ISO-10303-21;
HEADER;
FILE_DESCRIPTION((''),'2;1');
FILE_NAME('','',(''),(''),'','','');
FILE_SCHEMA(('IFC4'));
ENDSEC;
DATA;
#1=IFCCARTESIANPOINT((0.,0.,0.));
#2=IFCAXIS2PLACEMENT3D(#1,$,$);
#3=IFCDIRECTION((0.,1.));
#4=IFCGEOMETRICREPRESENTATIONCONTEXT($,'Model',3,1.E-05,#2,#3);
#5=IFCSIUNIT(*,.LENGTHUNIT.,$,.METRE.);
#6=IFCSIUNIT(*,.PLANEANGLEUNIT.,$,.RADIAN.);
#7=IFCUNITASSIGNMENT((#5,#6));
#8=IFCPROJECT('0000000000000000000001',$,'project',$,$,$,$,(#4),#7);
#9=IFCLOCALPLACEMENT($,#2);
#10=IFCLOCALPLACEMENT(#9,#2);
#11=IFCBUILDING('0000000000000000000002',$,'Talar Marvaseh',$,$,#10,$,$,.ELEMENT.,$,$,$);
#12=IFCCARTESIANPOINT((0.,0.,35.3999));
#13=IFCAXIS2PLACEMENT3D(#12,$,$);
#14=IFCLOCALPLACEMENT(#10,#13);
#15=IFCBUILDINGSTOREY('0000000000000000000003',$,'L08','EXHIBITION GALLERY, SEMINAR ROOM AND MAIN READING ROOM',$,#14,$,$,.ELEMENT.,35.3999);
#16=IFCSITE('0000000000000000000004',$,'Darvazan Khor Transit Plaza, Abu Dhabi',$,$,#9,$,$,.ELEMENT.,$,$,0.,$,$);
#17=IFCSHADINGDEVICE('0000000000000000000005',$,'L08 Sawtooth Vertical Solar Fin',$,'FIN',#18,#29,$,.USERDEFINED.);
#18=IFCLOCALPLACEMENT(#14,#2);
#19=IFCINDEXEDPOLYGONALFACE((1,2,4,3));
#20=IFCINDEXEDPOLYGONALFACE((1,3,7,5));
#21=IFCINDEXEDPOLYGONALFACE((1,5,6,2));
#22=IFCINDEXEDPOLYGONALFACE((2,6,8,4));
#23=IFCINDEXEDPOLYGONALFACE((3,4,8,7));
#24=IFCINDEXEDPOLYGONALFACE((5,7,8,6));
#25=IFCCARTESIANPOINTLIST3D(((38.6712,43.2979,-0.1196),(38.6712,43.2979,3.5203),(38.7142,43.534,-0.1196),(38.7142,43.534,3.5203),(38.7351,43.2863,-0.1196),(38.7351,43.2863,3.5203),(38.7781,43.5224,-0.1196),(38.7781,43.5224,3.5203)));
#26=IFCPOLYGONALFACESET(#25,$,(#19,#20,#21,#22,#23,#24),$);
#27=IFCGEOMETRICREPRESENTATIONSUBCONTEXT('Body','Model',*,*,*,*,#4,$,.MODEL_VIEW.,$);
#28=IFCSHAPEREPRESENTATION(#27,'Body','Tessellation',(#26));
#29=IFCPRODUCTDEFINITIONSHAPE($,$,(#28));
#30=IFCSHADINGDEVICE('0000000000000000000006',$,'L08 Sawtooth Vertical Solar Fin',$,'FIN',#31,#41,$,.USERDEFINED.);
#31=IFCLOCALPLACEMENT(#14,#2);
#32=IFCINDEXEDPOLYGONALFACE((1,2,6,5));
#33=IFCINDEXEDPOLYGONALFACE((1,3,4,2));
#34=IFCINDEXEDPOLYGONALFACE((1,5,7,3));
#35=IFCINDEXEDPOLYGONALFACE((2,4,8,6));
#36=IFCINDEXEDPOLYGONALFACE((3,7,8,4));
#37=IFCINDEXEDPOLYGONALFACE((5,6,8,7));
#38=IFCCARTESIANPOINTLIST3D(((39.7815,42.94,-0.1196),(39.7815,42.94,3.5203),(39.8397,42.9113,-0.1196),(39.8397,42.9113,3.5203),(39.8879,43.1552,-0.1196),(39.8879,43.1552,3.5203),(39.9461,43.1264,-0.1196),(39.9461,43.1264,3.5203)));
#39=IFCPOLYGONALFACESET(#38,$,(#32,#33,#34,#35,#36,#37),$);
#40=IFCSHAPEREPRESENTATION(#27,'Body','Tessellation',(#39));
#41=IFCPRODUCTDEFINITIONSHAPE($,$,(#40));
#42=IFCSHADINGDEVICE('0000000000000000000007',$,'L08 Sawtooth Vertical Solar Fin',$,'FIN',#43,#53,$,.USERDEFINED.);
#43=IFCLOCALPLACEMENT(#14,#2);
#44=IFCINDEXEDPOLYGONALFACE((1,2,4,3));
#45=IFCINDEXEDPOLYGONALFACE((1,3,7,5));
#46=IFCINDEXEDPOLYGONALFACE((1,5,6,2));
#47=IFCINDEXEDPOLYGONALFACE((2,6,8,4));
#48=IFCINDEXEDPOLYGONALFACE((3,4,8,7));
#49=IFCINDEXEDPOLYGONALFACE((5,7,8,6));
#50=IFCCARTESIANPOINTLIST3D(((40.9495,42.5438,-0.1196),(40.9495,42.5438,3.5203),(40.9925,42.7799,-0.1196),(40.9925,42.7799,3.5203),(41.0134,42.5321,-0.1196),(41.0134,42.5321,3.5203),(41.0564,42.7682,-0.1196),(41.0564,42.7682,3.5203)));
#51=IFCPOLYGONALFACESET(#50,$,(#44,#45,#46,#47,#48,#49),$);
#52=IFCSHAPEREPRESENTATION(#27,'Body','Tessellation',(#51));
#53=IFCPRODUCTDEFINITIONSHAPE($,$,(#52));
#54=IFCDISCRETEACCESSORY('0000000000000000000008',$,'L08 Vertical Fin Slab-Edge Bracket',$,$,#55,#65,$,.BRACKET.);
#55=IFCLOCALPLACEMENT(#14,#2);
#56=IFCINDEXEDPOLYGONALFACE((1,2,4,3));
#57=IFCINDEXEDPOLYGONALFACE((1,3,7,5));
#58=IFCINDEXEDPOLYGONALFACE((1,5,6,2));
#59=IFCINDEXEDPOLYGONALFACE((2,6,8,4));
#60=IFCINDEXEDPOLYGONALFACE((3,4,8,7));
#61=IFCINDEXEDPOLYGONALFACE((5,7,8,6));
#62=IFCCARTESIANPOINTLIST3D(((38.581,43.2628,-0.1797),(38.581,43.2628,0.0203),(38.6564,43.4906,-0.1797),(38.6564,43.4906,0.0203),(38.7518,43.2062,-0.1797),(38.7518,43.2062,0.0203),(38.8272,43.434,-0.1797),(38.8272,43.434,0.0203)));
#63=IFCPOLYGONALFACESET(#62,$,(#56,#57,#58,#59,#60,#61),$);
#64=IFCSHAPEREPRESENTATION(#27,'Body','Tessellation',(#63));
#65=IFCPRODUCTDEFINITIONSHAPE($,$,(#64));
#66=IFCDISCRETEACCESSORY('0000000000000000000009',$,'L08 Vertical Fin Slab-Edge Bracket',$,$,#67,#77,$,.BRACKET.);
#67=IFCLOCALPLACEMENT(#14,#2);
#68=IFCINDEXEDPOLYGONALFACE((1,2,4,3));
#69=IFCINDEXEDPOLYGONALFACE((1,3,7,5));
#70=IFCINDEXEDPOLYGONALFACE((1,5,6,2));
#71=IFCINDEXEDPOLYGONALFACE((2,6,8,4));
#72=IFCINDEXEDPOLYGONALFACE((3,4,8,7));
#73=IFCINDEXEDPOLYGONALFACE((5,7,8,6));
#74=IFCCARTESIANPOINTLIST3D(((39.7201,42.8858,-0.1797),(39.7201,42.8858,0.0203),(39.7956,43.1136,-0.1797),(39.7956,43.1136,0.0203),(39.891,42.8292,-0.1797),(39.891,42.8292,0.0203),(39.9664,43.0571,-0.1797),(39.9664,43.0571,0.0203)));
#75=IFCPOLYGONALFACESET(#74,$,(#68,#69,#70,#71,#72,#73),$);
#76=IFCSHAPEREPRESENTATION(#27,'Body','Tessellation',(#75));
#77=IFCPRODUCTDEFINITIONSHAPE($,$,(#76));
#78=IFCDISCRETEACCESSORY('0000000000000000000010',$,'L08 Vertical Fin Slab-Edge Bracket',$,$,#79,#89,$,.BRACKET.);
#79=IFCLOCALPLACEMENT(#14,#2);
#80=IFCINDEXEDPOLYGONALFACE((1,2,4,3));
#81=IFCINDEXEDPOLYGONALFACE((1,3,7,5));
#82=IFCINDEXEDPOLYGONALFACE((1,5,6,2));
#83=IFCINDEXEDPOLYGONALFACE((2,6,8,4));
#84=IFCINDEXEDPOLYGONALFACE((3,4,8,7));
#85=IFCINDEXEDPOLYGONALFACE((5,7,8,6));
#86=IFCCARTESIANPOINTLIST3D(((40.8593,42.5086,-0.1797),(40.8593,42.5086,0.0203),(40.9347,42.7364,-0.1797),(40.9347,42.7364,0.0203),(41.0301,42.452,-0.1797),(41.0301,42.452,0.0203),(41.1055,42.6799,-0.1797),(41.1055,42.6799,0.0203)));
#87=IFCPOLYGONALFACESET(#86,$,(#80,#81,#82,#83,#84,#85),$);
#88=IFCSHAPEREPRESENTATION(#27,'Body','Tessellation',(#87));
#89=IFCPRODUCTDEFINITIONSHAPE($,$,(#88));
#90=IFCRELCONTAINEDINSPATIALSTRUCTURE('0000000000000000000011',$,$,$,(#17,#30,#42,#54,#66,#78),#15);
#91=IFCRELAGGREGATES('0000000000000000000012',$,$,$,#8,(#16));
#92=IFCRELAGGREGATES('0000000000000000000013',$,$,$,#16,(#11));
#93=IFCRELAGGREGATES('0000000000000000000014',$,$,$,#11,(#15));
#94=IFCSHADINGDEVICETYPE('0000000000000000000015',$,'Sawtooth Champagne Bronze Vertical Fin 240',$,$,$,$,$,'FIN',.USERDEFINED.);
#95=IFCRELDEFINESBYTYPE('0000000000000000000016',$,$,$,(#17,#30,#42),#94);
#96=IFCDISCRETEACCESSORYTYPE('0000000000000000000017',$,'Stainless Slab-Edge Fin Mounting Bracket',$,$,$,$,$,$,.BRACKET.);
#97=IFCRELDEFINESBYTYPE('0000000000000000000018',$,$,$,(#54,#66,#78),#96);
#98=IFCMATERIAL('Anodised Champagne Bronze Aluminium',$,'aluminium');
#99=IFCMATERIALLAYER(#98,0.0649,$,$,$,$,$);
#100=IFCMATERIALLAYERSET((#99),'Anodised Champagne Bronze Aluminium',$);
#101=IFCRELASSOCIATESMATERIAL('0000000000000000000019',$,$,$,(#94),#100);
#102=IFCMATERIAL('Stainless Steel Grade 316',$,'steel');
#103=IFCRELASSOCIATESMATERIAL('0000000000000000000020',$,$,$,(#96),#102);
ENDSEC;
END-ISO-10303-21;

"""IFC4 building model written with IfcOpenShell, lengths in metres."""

from ifc_helpers import new_model, si_unit, direction, frame, origin, origin_2d, place, context, subcontext, project, spatial, rectangle, extrude, source, transform, mapped, material, layer, layer_set, type_object, type_shapes, element, save


model = new_model("IFC4")

# Units and contexts
model_context = context("Model", 3, precision=1e-05, world=origin(), true_north=direction((0.0, 1.0)))
body_context = subcontext(model_context, "Body", "Model", "MODEL_VIEW")
ifc_project = project(units=[si_unit("LENGTHUNIT", "METRE"), si_unit("PLANEANGLEUNIT", "RADIAN")], contexts=[model_context])

# Site, building, storey
site_placement = place(None, origin())
site = spatial("IfcSite", under=ifc_project, at=site_placement, Name="Darvazan Khor Transit Plaza, Abu Dhabi", CompositionType="ELEMENT", RefElevation=0.0)
building_placement = place(site_placement, origin())
building = spatial("IfcBuilding", under=site, at=building_placement, Name="Talar Marvaseh", CompositionType="ELEMENT")
storey_placement = place(building_placement, frame((0.0, 0.0, 35.3999)))
storey = spatial("IfcBuildingStorey", under=building, at=storey_placement, Name="L08", Description="EXHIBITION GALLERY, SEMINAR ROOM AND MAIN READING ROOM", CompositionType="ELEMENT", Elevation=35.3999)

# Shading devices
ifc_material_1 = material(Name="Anodised Champagne Bronze Aluminium", Category="aluminium")
ifc_layer_1 = layer(ifc_material_1, 0.0649)
ifc_layer_set_1 = layer_set([ifc_layer_1], Name="Anodised Champagne Bronze Aluminium")
shading_device_type = type_object("IfcShadingDeviceType", Name="Sawtooth Champagne Bronze Vertical Fin 240", ElementType="FIN", PredefinedType="USERDEFINED", material=ifc_layer_set_1)
shared_shape_1 = source(origin(), body_context, "Body", "SweptSolid", [
    extrude(rectangle(XDim=0.24, YDim=0.0649, at=origin_2d()), origin(), (0.0, 0.0, 1.0), 3.6399),
])
type_shapes(shading_device_type, [shared_shape_1])
for number, where, z_axis, x_axis, name in (
    (1, (38.7246, 43.4102, -0.1196), (0.0, 0.0, 1.0), (0.179146, 0.983823, 0.0), "L08 Sawtooth Vertical Solar Fin"),
    (2, (39.8638, 43.0332, -0.1196), (0.0, 0.0, 1.0), (0.443384, 0.896332, 0.0), "L08 Sawtooth Vertical Solar Fin"),
    (3, (41.0029, 42.656, -0.1196), (0.0, 0.0, 1.0), (0.179146, 0.983823, 0.0), "L08 Sawtooth Vertical Solar Fin"),
):
    element("IfcShadingDevice", number, at=place(storey_placement, frame(where, z_axis=z_axis, x_axis=x_axis)), inside=storey, type_object=shading_device_type, Name=name, ObjectType="FIN", PredefinedType="USERDEFINED", context=body_context, shape_type="MappedRepresentation", body=[
        mapped(shared_shape_1, transform((0.0, 0.0, 0.0), x_axis=(1.0, 0.0, 0.0), y_axis=(0.0, 1.0, 0.0), z_axis=(0.0, 0.0, 1.0), scale=1.0)),
    ])

# Discrete accessories
ifc_material_2 = material(Name="Stainless Steel Grade 316", Category="steel")
discrete_accessory_type = type_object("IfcDiscreteAccessoryType", Name="Stainless Slab-Edge Fin Mounting Bracket", PredefinedType="BRACKET", material=ifc_material_2)
shared_shape_2 = source(origin(), body_context, "Body", "SweptSolid", [
    extrude(rectangle(XDim=0.24, YDim=0.1799, at=origin_2d()), origin(), (0.0, 0.0, 1.0), 0.2),
])
type_shapes(discrete_accessory_type, [shared_shape_2])
for number, where, z_axis, x_axis, name in (
    (4, (38.7041, 43.3484, -0.1797), (0.0, 0.0, 1.0), (0.314324, 0.949316, 0.0), "L08 Vertical Fin Slab-Edge Bracket"),
    (5, (39.8433, 42.9714, -0.1797), (0.0, 0.0, 1.0), (0.314324, 0.949316, 0.0), "L08 Vertical Fin Slab-Edge Bracket"),
    (6, (40.9824, 42.5942, -0.1797), (0.0, 0.0, 1.0), (0.314324, 0.949316, 0.0), "L08 Vertical Fin Slab-Edge Bracket"),
):
    element("IfcDiscreteAccessory", number, at=place(storey_placement, frame(where, z_axis=z_axis, x_axis=x_axis)), inside=storey, type_object=discrete_accessory_type, Name=name, PredefinedType="BRACKET", context=body_context, shape_type="MappedRepresentation", body=[
        mapped(shared_shape_2, transform((0.0, 0.0, 0.0), x_axis=(1.0, 0.0, 0.0), y_axis=(0.0, 1.0, 0.0), z_axis=(0.0, 0.0, 1.0), scale=1.0)),
    ])

save(model, "model.ifc")
